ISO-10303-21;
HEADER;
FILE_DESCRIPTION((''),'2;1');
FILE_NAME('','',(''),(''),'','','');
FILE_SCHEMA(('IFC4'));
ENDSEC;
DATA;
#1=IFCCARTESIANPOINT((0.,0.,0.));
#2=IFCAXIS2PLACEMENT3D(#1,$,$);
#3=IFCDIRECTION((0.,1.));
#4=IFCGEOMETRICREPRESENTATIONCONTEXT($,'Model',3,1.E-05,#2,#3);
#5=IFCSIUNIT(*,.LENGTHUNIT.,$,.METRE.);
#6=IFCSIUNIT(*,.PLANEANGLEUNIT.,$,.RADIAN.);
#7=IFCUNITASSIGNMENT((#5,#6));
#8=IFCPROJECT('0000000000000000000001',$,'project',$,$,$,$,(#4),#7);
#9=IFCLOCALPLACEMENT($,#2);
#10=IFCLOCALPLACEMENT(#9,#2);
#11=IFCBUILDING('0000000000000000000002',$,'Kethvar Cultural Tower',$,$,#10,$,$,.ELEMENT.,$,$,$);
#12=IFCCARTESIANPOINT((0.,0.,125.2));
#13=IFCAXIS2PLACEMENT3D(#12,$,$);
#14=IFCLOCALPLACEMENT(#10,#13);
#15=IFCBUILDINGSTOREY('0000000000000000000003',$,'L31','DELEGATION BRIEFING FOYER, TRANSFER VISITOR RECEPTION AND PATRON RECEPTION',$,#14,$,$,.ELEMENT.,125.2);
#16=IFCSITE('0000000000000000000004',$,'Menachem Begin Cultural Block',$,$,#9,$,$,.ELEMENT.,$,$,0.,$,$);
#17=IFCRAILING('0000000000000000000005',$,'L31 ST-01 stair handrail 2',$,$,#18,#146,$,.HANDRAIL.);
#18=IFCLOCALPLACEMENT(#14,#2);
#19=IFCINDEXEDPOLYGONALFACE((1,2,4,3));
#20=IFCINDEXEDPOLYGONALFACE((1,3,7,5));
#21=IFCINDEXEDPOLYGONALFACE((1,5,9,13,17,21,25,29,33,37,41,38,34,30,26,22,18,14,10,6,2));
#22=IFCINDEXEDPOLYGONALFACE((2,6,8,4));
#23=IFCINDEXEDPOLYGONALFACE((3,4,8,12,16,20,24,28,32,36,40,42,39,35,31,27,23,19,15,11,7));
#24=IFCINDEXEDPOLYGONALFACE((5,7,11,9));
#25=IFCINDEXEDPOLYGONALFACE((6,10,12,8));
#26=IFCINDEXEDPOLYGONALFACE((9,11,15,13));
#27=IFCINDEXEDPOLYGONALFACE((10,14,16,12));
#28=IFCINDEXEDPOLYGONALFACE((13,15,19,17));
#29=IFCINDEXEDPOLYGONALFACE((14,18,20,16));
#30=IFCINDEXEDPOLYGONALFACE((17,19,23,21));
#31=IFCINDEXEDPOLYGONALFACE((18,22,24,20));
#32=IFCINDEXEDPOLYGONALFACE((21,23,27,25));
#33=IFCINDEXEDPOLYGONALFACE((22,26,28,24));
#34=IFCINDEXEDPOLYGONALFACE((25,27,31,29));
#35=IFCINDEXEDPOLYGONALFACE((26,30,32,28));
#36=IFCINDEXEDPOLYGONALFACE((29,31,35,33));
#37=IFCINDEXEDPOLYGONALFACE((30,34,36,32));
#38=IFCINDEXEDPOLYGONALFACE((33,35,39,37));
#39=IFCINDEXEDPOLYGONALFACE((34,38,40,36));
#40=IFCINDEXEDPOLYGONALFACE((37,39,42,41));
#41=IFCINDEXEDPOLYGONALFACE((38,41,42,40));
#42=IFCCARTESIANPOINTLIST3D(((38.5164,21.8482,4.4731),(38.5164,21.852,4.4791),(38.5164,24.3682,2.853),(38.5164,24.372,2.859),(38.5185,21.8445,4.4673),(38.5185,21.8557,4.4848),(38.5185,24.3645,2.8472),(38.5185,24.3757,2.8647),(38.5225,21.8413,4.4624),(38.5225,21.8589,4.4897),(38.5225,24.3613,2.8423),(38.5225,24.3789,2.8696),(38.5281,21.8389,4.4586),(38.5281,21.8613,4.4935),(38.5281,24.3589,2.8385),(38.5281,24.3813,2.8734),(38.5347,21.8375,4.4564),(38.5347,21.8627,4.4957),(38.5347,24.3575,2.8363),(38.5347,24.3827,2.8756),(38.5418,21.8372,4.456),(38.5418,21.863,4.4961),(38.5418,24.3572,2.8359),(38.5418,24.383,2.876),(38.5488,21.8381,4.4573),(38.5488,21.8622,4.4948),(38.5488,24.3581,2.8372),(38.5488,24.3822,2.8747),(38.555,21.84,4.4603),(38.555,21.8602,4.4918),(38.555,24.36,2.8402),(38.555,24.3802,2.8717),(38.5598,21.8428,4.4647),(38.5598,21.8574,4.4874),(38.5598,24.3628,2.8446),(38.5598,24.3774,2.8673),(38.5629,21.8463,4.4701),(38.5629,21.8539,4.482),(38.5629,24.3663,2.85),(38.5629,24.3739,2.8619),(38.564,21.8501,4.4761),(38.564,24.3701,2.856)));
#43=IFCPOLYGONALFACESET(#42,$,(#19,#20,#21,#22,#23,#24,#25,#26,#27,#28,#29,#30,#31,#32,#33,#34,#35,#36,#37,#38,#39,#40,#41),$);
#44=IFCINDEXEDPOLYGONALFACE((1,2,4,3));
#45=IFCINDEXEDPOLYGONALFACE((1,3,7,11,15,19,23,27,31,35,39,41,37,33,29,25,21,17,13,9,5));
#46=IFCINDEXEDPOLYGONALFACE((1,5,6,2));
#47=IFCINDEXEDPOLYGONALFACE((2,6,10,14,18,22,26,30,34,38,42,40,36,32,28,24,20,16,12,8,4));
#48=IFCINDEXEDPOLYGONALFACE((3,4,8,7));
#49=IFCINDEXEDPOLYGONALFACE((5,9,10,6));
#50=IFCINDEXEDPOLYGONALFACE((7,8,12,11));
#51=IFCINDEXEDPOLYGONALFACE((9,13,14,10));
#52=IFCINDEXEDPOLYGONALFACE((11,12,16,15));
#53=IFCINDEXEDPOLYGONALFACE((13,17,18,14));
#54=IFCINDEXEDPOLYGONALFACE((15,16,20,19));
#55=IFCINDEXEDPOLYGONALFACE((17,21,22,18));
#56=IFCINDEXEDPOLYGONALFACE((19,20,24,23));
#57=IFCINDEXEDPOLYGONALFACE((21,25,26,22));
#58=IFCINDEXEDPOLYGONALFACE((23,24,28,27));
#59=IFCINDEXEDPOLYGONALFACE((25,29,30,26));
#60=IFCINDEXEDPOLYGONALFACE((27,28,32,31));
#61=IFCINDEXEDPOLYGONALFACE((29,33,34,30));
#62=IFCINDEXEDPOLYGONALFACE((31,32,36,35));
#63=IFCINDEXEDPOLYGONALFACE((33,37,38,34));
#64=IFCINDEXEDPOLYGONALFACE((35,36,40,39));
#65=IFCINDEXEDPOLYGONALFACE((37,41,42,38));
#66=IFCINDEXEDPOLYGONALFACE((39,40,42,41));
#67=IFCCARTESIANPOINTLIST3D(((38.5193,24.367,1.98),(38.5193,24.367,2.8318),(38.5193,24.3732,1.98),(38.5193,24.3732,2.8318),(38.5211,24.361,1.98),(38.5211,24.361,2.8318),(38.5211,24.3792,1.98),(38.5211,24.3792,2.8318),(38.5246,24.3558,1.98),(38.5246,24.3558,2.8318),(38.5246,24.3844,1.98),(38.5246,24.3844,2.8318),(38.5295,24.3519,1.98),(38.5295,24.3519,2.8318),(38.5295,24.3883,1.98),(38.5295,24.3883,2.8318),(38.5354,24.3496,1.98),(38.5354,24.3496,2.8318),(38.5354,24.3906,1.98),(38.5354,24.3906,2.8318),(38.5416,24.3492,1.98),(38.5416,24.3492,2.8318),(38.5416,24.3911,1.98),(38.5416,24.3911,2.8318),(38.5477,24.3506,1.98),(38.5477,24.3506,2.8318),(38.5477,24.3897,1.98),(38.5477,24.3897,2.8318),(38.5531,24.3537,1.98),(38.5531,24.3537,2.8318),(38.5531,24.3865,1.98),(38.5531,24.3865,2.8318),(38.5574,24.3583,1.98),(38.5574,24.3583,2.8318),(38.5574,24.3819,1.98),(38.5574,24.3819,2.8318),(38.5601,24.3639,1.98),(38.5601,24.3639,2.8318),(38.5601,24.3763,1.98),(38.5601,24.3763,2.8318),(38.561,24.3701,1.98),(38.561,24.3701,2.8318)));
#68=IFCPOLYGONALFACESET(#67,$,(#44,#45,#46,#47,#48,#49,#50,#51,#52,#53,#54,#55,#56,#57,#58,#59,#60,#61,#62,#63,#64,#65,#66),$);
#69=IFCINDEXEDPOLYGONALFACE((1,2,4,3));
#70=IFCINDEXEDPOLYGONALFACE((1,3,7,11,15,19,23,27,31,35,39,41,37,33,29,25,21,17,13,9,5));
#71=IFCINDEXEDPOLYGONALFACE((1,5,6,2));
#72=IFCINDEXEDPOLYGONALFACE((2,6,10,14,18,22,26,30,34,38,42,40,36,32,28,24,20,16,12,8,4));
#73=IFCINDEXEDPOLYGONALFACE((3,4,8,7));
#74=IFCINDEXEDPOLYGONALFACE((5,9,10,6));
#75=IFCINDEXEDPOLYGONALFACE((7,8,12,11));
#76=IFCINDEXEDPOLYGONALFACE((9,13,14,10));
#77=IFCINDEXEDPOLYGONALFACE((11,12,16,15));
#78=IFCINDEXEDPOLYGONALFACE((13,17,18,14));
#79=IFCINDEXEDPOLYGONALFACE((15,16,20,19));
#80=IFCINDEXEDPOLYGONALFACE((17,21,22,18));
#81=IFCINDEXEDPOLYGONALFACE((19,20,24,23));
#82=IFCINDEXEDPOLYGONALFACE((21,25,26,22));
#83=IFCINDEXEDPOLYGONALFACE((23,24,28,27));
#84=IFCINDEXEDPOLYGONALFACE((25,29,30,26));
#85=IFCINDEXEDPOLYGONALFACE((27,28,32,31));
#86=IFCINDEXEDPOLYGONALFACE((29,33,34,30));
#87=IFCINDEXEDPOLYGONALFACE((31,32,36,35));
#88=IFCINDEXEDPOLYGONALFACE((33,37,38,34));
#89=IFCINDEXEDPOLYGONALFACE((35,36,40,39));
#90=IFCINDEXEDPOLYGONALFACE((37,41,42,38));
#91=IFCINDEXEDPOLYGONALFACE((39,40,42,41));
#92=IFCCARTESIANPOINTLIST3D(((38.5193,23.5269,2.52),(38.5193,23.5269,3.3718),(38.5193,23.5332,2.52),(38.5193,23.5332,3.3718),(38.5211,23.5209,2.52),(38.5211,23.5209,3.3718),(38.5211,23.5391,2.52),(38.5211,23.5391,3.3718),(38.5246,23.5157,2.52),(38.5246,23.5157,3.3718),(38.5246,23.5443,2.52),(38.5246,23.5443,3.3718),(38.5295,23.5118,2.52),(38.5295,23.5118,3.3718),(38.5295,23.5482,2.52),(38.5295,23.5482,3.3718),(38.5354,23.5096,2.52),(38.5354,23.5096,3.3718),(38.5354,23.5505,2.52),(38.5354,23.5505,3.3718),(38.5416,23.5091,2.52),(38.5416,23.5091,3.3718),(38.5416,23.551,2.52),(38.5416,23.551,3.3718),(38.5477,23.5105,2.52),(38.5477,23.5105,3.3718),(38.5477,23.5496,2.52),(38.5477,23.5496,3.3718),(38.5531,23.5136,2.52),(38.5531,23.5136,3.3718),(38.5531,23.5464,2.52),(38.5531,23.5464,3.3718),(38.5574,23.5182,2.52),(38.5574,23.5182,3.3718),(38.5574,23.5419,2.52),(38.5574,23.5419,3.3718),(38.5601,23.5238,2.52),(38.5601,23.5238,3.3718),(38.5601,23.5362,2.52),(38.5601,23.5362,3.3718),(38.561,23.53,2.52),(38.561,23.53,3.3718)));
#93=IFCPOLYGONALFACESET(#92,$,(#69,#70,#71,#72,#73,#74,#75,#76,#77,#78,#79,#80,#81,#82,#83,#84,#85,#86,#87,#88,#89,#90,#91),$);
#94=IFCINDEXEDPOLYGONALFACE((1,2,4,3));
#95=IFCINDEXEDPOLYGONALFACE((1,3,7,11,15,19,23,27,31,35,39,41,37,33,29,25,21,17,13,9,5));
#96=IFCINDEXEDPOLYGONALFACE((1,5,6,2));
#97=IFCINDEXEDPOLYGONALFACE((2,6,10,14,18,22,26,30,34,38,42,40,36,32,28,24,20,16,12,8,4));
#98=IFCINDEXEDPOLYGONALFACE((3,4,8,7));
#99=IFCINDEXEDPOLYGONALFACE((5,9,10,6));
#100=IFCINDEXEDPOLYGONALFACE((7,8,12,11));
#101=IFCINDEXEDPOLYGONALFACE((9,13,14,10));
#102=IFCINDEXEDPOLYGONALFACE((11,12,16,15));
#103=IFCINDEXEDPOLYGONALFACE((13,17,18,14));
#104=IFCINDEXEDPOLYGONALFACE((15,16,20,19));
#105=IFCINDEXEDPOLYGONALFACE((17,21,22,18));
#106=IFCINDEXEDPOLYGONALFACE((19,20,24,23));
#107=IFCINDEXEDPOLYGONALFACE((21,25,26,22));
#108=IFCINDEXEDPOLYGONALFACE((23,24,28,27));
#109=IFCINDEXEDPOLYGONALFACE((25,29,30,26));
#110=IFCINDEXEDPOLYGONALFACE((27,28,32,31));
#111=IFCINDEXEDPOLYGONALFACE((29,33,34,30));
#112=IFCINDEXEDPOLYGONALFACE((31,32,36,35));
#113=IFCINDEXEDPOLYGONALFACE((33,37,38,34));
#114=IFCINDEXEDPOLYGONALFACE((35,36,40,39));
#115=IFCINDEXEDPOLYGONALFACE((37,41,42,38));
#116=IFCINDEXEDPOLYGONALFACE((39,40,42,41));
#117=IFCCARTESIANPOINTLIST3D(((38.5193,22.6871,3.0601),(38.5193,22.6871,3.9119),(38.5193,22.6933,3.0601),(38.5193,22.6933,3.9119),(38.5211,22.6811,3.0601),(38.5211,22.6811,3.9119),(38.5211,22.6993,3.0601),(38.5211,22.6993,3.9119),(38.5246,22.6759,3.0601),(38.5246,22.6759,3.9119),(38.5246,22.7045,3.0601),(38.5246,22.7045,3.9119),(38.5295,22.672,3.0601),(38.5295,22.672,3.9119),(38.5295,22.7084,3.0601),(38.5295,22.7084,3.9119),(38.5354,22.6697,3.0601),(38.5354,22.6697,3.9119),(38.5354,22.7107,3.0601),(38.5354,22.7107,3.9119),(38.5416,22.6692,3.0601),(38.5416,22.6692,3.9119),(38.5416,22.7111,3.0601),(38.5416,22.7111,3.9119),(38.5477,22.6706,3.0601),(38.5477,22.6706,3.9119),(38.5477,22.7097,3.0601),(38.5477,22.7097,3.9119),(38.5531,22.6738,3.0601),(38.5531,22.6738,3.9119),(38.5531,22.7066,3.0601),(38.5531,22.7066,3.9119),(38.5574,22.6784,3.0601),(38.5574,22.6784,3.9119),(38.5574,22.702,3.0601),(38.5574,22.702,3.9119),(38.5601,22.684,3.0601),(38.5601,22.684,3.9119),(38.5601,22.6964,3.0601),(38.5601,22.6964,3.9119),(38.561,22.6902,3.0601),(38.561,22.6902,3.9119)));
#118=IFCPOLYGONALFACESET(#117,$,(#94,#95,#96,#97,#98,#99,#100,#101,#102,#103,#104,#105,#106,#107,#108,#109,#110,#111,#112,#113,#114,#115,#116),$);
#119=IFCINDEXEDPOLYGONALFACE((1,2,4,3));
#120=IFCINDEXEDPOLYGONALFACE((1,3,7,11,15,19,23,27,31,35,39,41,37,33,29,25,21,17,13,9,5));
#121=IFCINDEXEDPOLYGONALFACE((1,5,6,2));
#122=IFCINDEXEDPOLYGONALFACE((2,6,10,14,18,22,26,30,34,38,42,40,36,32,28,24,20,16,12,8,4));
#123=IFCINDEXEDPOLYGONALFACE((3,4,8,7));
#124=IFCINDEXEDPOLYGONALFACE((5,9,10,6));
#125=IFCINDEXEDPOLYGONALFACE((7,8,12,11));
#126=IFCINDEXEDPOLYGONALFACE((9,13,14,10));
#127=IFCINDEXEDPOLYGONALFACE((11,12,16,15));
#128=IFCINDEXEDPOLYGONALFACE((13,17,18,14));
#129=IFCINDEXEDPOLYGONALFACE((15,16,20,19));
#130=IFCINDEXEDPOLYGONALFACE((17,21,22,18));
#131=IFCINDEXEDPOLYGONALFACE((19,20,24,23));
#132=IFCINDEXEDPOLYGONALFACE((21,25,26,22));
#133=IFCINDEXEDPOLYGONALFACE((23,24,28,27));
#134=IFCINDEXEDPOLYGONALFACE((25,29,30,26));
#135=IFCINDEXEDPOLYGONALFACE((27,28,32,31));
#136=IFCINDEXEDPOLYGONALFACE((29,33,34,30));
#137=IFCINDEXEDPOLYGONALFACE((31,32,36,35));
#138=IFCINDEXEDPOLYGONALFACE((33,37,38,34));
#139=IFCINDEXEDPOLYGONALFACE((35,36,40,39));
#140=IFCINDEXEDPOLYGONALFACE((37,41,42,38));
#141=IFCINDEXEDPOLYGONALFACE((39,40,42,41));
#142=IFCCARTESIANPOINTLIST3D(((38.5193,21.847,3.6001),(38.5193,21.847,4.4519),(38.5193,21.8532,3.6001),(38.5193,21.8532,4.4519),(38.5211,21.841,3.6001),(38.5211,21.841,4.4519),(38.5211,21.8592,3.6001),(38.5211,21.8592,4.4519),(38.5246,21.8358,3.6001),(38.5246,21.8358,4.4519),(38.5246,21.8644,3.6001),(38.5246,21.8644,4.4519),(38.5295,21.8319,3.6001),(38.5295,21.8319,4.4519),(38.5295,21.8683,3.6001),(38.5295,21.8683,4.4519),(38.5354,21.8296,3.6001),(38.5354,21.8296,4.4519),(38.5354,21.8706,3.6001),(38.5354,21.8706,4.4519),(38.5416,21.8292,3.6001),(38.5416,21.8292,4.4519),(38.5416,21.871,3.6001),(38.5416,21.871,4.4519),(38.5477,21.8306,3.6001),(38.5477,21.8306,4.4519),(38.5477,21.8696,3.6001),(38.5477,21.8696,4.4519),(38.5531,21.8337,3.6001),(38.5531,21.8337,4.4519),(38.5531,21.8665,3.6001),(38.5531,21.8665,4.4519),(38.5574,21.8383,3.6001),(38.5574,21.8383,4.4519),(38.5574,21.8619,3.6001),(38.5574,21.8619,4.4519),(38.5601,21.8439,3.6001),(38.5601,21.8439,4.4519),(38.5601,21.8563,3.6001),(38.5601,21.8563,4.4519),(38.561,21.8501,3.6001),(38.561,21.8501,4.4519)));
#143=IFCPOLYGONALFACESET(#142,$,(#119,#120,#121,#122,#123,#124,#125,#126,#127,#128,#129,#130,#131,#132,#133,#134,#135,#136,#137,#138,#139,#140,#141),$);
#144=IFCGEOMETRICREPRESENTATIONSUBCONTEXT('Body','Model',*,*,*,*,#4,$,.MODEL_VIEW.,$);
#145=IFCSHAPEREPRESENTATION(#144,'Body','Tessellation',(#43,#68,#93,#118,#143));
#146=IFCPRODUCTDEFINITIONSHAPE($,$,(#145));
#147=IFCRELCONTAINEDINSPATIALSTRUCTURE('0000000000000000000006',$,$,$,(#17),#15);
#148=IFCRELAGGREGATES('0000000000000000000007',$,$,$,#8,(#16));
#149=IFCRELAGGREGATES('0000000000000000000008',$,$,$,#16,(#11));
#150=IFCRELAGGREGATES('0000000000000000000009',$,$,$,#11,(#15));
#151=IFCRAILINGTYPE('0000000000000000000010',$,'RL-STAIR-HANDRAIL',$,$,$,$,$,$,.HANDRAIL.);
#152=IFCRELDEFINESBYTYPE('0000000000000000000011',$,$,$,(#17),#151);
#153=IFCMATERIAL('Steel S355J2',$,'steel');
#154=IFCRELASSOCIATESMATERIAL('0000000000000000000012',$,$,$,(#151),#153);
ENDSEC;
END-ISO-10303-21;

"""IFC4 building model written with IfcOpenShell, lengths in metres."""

from ifc_helpers import new_model, si_unit, direction, frame, origin, origin_2d, place, context, subcontext, project, spatial, circle, extrude, material, type_object, element, save


model = new_model("IFC4")

# Units and contexts
model_context = context("Model", 3, precision=1e-05, world=origin(), true_north=direction((0.0, 1.0)))
body_context = subcontext(model_context, "Body", "Model", "MODEL_VIEW")
ifc_project = project(units=[si_unit("LENGTHUNIT", "METRE"), si_unit("PLANEANGLEUNIT", "RADIAN")], contexts=[model_context])

# Site, building, storey
site_placement = place(None, origin())
site = spatial("IfcSite", under=ifc_project, at=site_placement, Name="Menachem Begin Cultural Block", CompositionType="ELEMENT", RefElevation=0.0)
building_placement = place(site_placement, origin())
building = spatial("IfcBuilding", under=site, at=building_placement, Name="Kethvar Cultural Tower", CompositionType="ELEMENT")
storey_placement = place(building_placement, frame((0.0, 0.0, 125.2)))
storey = spatial("IfcBuildingStorey", under=building, at=storey_placement, Name="L31", Description="DELEGATION BRIEFING FOYER, TRANSFER VISITOR RECEPTION AND PATRON RECEPTION", CompositionType="ELEMENT", Elevation=125.2)

# Shared definitions
ifc_material_1 = material(Name="Steel S355J2", Category="steel")

# Railing
railing_type_1 = type_object("IfcRailingType", Name="RL-STAIR-HANDRAIL", PredefinedType="HANDRAIL", material=ifc_material_1)
railing_1_placement = place(storey_placement, frame((38.54, 24.3701, 1.98)))
element("IfcRailing", 1, at=railing_1_placement, inside=storey, type_object=railing_type_1, Name="L31 ST-01 stair handrail 2", PredefinedType="HANDRAIL", context=body_context, shape_type="SweptSolid", body=[
    extrude(circle(Radius=0.0239, at=origin_2d()), frame((0.0, 0.0, 0.876), z_axis=(0.0, -0.841163, 0.540782), x_axis=(1.0, 0.0, 0.0)), (0.0, 0.0, 1.0), 2.9958),
    extrude(circle(Radius=0.021, at=origin_2d()), origin(), (0.0, 0.0, 1.0), 0.8518),
    extrude(circle(Radius=0.021, at=origin_2d()), frame((0.0, -0.8401, 0.54)), (0.0, 0.0, 1.0), 0.8518),
    extrude(circle(Radius=0.021, at=origin_2d()), frame((0.0, -1.6799, 1.0801)), (0.0, 0.0, 1.0), 0.8518),
    extrude(circle(Radius=0.021, at=origin_2d()), frame((0.0, -2.52, 1.6201)), (0.0, 0.0, 1.0), 0.8518),
])

save(model, "model.ifc")
